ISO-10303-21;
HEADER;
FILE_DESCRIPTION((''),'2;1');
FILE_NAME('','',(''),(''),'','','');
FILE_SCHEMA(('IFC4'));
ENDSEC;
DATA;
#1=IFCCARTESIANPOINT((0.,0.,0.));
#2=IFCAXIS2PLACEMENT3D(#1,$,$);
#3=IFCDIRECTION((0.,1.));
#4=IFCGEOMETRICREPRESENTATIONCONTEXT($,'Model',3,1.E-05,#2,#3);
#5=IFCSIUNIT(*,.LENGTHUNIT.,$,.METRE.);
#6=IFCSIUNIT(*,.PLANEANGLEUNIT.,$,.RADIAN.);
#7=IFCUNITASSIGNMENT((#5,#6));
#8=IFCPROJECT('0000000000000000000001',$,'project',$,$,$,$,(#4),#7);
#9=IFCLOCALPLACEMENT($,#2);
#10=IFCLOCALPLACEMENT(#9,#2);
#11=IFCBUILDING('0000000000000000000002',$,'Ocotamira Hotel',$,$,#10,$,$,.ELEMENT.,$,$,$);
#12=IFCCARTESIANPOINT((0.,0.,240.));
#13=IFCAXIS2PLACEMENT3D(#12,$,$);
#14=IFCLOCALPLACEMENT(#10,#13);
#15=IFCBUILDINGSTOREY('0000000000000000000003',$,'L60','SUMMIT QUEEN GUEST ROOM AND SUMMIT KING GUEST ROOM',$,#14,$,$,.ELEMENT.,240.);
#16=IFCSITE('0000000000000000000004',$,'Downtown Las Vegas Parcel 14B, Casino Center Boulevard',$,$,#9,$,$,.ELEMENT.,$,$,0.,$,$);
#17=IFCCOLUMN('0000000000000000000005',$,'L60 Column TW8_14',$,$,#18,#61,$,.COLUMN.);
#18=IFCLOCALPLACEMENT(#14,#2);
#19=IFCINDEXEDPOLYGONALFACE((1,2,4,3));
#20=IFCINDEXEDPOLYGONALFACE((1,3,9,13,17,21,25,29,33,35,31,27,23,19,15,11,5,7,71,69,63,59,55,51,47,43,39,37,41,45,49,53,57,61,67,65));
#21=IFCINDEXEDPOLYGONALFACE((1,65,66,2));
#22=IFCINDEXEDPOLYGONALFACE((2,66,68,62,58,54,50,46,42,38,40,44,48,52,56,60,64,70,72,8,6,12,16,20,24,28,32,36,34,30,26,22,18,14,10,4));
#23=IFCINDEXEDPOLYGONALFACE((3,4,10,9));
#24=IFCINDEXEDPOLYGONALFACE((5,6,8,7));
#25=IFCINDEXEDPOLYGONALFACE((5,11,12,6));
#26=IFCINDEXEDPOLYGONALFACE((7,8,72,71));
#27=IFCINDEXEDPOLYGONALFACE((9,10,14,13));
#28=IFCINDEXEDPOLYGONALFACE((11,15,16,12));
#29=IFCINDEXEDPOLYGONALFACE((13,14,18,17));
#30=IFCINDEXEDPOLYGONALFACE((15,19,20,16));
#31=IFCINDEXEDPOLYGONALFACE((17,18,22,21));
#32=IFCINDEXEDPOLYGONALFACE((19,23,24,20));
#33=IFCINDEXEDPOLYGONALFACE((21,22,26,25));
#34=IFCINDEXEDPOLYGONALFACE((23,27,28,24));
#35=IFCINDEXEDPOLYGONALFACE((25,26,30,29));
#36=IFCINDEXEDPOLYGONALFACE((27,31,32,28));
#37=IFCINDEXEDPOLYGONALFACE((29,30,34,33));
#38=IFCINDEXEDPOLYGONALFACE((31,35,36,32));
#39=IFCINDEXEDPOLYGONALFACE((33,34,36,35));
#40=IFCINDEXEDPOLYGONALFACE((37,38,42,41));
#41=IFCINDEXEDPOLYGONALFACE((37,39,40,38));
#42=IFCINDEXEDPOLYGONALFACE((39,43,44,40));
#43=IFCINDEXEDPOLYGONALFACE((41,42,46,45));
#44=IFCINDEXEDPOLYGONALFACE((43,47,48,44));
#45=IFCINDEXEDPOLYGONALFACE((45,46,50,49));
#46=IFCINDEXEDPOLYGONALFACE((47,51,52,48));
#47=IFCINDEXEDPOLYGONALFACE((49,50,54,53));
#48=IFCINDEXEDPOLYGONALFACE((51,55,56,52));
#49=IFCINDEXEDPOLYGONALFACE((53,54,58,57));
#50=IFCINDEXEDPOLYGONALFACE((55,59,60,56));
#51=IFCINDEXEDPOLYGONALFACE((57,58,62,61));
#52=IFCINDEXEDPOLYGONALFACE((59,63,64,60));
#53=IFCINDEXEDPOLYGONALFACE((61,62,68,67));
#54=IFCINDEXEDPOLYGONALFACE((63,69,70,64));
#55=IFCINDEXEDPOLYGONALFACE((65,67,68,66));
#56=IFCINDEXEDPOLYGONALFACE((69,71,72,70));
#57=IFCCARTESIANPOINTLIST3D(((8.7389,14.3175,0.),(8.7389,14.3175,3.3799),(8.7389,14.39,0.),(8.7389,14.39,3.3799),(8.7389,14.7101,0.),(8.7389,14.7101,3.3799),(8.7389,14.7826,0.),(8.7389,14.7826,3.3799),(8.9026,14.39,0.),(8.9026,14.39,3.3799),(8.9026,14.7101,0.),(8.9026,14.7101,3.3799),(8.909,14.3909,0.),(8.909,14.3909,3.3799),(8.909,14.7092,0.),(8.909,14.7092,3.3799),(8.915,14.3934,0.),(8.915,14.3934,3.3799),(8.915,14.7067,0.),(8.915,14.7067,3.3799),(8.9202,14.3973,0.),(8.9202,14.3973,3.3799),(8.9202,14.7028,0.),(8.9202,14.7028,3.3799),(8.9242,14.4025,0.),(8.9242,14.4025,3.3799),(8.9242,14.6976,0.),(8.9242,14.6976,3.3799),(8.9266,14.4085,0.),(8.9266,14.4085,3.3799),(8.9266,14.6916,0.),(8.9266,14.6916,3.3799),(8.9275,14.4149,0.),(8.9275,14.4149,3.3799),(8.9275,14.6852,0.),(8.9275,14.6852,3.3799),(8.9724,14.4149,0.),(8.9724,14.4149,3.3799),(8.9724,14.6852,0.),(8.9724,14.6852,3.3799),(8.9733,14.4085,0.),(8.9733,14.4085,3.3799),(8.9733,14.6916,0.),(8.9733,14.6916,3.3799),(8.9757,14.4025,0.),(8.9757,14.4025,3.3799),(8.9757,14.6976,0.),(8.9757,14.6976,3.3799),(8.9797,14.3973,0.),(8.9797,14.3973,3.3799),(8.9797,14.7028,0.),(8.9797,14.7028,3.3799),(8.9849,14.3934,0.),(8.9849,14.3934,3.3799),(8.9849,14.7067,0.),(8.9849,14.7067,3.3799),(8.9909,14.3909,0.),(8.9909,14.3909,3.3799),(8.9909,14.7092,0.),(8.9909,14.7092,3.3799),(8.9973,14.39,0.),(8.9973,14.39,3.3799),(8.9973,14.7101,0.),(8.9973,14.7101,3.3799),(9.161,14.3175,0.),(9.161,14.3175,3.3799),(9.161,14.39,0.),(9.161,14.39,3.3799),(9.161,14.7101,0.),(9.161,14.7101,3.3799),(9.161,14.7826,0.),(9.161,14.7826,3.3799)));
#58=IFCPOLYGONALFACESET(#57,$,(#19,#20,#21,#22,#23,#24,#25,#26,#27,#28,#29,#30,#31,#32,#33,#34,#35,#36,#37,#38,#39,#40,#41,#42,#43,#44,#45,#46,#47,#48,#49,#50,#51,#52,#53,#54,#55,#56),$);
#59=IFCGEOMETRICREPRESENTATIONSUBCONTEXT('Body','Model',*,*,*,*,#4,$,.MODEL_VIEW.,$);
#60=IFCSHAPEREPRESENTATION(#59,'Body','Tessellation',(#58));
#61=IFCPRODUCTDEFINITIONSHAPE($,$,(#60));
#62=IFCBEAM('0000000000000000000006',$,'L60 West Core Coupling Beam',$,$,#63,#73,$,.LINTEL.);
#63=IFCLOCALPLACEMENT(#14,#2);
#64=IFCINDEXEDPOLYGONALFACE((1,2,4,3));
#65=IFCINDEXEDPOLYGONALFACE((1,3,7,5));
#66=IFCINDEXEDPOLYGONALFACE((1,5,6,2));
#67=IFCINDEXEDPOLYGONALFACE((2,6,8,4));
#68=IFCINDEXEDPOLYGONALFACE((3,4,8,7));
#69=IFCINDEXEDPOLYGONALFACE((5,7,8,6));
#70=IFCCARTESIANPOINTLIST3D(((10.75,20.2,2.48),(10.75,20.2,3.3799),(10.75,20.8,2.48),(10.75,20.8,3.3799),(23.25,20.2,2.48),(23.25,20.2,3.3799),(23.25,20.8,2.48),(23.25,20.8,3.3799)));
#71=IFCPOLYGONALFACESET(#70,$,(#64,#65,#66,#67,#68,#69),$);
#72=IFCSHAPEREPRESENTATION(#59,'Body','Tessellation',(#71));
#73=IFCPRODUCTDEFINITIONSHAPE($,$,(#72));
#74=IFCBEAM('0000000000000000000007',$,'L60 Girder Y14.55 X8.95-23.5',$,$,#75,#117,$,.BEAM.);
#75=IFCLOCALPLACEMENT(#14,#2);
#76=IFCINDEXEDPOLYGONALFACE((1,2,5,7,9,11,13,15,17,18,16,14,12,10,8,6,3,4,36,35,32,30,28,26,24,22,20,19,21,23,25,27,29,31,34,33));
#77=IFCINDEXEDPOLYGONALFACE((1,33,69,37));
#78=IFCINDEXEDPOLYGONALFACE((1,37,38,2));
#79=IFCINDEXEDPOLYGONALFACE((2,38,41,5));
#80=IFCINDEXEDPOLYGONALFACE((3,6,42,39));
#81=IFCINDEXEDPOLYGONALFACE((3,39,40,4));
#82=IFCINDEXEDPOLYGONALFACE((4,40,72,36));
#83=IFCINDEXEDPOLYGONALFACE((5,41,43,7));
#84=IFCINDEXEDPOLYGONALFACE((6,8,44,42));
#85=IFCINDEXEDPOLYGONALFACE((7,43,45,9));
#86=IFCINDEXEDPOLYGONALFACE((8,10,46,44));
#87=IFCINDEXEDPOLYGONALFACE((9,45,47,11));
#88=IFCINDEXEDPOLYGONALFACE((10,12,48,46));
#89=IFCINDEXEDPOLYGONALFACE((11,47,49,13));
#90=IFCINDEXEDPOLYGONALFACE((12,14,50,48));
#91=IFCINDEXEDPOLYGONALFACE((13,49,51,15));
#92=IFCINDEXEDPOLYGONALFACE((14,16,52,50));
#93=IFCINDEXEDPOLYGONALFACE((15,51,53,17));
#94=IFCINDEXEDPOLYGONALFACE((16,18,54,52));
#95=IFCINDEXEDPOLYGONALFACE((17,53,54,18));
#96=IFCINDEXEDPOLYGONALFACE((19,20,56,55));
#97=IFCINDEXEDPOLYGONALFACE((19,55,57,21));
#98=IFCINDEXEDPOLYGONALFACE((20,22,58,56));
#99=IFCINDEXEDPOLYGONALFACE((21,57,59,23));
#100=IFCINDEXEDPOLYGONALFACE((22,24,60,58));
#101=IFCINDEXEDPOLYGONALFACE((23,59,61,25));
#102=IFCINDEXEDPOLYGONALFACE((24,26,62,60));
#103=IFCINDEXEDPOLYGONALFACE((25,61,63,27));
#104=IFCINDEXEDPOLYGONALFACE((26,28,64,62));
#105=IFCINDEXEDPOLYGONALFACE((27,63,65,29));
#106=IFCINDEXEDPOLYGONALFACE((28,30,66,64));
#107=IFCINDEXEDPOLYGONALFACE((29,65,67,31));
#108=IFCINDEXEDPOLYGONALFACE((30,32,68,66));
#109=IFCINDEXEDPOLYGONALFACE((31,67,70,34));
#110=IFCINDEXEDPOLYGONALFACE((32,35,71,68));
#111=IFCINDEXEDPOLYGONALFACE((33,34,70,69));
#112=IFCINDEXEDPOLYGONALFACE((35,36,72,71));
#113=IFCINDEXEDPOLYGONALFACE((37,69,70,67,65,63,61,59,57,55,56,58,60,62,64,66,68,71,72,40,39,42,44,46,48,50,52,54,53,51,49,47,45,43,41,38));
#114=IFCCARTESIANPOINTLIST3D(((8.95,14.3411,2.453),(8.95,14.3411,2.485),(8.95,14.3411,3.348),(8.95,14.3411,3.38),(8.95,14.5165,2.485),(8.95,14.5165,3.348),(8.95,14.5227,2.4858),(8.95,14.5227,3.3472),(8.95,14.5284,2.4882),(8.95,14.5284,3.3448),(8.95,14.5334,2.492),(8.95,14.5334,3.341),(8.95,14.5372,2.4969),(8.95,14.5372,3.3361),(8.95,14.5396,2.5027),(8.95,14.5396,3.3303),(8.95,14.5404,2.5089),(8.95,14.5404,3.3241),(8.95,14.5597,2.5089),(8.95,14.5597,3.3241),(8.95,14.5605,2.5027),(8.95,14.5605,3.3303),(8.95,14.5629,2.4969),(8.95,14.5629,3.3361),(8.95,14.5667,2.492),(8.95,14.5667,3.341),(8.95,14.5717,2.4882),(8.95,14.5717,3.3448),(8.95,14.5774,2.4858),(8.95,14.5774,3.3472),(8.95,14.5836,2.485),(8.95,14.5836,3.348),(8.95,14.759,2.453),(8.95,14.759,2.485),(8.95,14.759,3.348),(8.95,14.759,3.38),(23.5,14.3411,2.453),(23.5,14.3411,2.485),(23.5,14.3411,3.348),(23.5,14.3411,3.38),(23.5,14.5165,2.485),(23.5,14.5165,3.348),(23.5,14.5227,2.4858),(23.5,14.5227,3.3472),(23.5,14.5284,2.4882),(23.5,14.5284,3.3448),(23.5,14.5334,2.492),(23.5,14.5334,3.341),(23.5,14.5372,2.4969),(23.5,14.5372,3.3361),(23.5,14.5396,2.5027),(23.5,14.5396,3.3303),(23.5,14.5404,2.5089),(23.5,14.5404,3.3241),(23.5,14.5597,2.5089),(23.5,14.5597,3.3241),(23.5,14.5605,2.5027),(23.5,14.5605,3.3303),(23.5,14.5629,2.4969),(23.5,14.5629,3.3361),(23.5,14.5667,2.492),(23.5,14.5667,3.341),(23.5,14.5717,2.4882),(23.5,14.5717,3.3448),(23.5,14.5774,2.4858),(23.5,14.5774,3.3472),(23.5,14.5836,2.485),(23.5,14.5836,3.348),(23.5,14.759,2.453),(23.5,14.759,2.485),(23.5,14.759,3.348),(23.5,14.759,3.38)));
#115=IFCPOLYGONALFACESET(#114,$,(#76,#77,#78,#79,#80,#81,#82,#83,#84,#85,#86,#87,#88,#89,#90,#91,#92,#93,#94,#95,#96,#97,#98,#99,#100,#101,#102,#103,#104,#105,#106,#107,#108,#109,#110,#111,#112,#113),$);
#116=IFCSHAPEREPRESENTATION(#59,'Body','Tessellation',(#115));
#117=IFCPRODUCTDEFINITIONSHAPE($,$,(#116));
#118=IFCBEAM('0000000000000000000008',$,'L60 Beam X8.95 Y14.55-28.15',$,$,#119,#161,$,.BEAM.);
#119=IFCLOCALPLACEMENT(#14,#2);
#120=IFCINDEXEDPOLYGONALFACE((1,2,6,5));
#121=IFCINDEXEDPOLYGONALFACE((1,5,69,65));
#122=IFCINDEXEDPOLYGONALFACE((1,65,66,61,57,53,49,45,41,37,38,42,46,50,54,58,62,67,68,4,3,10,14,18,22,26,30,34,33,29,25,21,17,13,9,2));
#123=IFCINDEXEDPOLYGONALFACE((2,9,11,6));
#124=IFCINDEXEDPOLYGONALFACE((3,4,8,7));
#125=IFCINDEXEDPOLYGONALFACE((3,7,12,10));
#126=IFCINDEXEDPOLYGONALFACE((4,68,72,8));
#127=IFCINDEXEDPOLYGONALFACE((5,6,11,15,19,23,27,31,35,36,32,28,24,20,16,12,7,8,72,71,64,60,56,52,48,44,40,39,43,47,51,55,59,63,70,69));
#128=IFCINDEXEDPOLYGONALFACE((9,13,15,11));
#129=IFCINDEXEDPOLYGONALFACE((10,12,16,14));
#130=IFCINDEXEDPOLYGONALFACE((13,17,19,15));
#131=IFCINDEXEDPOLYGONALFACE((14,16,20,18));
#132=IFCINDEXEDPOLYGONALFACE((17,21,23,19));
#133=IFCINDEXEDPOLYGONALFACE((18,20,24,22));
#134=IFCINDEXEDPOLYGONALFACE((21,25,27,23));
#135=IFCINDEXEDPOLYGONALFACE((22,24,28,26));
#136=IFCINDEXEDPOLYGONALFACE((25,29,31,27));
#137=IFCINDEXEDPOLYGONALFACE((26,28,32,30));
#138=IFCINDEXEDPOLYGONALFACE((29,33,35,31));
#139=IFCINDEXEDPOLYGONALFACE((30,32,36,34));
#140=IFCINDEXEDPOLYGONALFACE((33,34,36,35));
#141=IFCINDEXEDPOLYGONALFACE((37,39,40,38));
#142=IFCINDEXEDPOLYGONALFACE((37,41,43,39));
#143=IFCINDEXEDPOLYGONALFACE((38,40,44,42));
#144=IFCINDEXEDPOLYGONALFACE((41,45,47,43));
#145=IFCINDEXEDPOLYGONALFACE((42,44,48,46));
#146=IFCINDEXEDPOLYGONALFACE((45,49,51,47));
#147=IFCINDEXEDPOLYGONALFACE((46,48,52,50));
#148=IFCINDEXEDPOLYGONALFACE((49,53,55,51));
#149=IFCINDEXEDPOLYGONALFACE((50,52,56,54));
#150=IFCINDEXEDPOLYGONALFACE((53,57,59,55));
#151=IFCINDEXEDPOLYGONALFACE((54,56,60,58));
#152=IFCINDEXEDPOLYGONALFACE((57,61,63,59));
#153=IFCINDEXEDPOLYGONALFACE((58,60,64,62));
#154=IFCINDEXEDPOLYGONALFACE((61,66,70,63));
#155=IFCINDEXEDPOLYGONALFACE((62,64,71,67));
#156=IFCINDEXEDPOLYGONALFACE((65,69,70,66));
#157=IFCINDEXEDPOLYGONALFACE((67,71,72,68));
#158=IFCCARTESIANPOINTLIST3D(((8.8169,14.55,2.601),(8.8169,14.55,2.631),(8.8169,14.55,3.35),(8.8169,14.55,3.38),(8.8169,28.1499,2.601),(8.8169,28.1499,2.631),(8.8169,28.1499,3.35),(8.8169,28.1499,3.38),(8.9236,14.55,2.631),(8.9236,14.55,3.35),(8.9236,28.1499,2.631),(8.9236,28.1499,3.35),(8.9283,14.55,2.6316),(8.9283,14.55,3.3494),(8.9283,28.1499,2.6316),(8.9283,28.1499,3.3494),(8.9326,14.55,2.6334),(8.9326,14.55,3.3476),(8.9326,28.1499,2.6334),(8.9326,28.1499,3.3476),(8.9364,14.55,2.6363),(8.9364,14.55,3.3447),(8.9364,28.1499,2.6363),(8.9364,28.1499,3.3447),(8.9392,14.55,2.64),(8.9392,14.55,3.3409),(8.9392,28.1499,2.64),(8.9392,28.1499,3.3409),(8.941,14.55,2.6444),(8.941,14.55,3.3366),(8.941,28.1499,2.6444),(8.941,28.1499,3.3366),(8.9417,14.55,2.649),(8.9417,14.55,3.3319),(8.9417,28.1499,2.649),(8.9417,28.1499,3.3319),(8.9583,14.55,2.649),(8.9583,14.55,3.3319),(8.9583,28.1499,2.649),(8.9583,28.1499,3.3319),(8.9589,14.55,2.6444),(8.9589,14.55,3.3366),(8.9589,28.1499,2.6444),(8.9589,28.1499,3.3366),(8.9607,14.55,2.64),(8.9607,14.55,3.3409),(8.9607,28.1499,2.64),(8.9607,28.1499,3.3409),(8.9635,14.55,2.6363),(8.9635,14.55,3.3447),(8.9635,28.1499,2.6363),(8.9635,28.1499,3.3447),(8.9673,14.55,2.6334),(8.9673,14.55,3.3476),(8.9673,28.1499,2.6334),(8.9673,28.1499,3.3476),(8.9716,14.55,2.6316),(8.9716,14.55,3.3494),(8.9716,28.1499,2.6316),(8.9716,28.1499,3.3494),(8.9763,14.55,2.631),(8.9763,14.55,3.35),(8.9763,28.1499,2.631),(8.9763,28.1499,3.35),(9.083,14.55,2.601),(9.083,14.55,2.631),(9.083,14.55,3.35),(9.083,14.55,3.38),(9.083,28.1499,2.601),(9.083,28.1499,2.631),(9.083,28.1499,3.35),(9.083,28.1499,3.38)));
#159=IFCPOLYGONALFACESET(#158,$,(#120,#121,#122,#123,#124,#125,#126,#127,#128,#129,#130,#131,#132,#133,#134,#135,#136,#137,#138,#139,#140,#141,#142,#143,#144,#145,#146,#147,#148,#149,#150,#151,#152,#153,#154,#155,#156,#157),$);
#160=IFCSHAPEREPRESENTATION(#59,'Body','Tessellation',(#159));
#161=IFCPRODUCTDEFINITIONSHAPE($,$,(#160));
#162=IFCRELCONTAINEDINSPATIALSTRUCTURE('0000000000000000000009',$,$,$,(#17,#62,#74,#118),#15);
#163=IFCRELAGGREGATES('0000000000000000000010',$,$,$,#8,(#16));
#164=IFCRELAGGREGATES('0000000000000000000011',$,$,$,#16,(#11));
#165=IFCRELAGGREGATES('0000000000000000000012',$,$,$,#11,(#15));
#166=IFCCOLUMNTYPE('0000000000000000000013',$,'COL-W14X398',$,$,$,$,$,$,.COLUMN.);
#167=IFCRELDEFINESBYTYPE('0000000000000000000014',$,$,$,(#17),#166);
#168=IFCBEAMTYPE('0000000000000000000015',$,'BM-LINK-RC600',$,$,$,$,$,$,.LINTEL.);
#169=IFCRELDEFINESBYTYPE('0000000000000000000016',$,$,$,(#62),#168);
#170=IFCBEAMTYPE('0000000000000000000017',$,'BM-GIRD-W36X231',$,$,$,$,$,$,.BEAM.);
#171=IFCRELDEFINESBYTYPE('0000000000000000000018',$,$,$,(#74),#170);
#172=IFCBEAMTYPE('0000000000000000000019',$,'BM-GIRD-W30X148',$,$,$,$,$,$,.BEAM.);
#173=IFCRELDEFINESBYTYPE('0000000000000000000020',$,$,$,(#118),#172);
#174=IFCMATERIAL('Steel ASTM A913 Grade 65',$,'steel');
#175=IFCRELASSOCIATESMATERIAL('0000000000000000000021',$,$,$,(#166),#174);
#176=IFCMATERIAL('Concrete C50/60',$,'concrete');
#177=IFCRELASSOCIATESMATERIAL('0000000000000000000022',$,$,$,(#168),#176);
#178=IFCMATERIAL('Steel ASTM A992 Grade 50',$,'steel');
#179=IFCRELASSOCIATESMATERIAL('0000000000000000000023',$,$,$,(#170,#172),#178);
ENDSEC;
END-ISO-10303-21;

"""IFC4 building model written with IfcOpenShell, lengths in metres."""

from ifc_helpers import new_model, si_unit, direction, frame, origin, origin_2d, place, context, subcontext, project, spatial, rectangle, i_section, extrude, source, transform, mapped, material, material_profile, profile_set, type_object, element, save


model = new_model("IFC4")

# Units and contexts
model_context = context("Model", 3, precision=1e-05, world=origin(), true_north=direction((0.0, 1.0)))
body_context = subcontext(model_context, "Body", "Model", "MODEL_VIEW")
ifc_project = project(units=[si_unit("LENGTHUNIT", "METRE"), si_unit("PLANEANGLEUNIT", "RADIAN")], contexts=[model_context])

# Site, building, storey
site_placement = place(None, origin())
site = spatial("IfcSite", under=ifc_project, at=site_placement, Name="Downtown Las Vegas Parcel 14B, Casino Center Boulevard", CompositionType="ELEMENT", RefElevation=0.0)
building_placement = place(site_placement, origin())
building = spatial("IfcBuilding", under=site, at=building_placement, Name="Ocotamira Hotel", CompositionType="ELEMENT")
storey_placement = place(building_placement, frame((0.0, 0.0, 240.0)))
storey = spatial("IfcBuildingStorey", under=building, at=storey_placement, Name="L60", Description="SUMMIT QUEEN GUEST ROOM AND SUMMIT KING GUEST ROOM", CompositionType="ELEMENT", Elevation=240.0)

# Column
ifc_material_1 = material(Name="Steel ASTM A913 Grade 65", Category="steel")
ifc_material_profile_1 = material_profile(ifc_material_1, i_section(OverallWidth=0.4221, OverallDepth=0.4651, WebThickness=0.0449, FlangeThickness=0.0725, FilletRadius=0.0249, at=origin_2d()), Name="W14X398")
ifc_profile_set_1 = profile_set([ifc_material_profile_1], Name="Steel ASTM A913 Grade 65")
column_type = type_object("IfcColumnType", Name="COL-W14X398", PredefinedType="COLUMN", material=ifc_profile_set_1)
shared_shape_1 = source(origin(), body_context, "Body", "SweptSolid", [
    extrude(i_section(OverallWidth=0.4221, OverallDepth=0.4651, WebThickness=0.0449, FlangeThickness=0.0725, FilletRadius=0.0249, at=origin_2d()), origin(), (0.0, 0.0, 1.0), 3.3799),
])
column_placement = place(storey_placement, frame((8.95, 14.55, 0.0), z_axis=(0.0, 0.0, 1.0), x_axis=(1.0, 0.0, 0.0)))
element("IfcColumn", 1, at=column_placement, inside=storey, type_object=column_type, Name="L60 Column TW8_14", PredefinedType="COLUMN", context=body_context, shape_type="MappedRepresentation", body=[
    mapped(shared_shape_1, transform((0.0, 0.0, 0.0), scale=1.0)),
])

# Beams
ifc_material_2 = material(Name="Concrete C50/60", Category="concrete")
ifc_material_profile_2 = material_profile(ifc_material_2, rectangle(XDim=0.6001, YDim=0.8999, at=origin_2d()), Name="RC600X900")
ifc_profile_set_2 = profile_set([ifc_material_profile_2], Name="Concrete C50/60")
beam_type_1 = type_object("IfcBeamType", Name="BM-LINK-RC600", PredefinedType="LINTEL", material=ifc_profile_set_2)
shared_shape_2 = source(origin(), body_context, "Body", "SweptSolid", [
    extrude(rectangle(XDim=0.6001, YDim=0.8999, at=origin_2d()), origin(), (0.0, 0.0, 1.0), 12.5),
])
beam_1_placement = place(storey_placement, frame((10.75, 20.5, 2.9299), z_axis=(1.0, 0.0, 0.0), x_axis=(0.0, 1.0, 0.0)))
element("IfcBeam", 2, at=beam_1_placement, inside=storey, type_object=beam_type_1, Name="L60 West Core Coupling Beam", PredefinedType="LINTEL", context=body_context, shape_type="MappedRepresentation", body=[
    mapped(shared_shape_2, transform((0.0, 0.0, 0.0), scale=1.0)),
])
ifc_material_3 = material(Name="Steel ASTM A992 Grade 50", Category="steel")
ifc_material_profile_3 = material_profile(ifc_material_3, i_section(OverallWidth=0.418, OverallDepth=0.927, WebThickness=0.0193, FlangeThickness=0.032, FilletRadius=0.0239, at=origin_2d()), Name="W36X231")
ifc_profile_set_3 = profile_set([ifc_material_profile_3], Name="Steel ASTM A992 Grade 50")
beam_type_2 = type_object("IfcBeamType", Name="BM-GIRD-W36X231", PredefinedType="BEAM", material=ifc_profile_set_3)
shared_shape_3 = source(origin(), body_context, "Body", "SweptSolid", [
    extrude(i_section(OverallWidth=0.418, OverallDepth=0.927, WebThickness=0.0193, FlangeThickness=0.032, FilletRadius=0.0239, at=origin_2d()), origin(), (0.0, 0.0, 1.0), 14.55),
])
beam_2_placement = place(storey_placement, frame((8.95, 14.55, 2.9165), z_axis=(1.0, 0.0, 0.0), x_axis=(0.0, 1.0, 0.0)))
element("IfcBeam", 3, at=beam_2_placement, inside=storey, type_object=beam_type_2, Name="L60 Girder Y14.55 X8.95-23.5", PredefinedType="BEAM", context=body_context, shape_type="MappedRepresentation", body=[
    mapped(shared_shape_3, transform((0.0, 0.0, 0.0), scale=1.0)),
])
ifc_material_profile_4 = material_profile(ifc_material_3, i_section(OverallWidth=0.2661, OverallDepth=0.7791, WebThickness=0.0166, FlangeThickness=0.03, FilletRadius=0.0181, at=origin_2d()), Name="W30X148")
ifc_profile_set_4 = profile_set([ifc_material_profile_4], Name="Steel ASTM A992 Grade 50")
beam_type_3 = type_object("IfcBeamType", Name="BM-GIRD-W30X148", PredefinedType="BEAM", material=ifc_profile_set_4)
shared_shape_4 = source(origin(), body_context, "Body", "SweptSolid", [
    extrude(i_section(OverallWidth=0.2661, OverallDepth=0.7791, WebThickness=0.0166, FlangeThickness=0.03, FilletRadius=0.0181, at=origin_2d()), origin(), (0.0, 0.0, 1.0), 13.5999),
])
beam_3_placement = place(storey_placement, frame((8.95, 14.55, 2.9905), z_axis=(0.0, 1.0, 0.0), x_axis=(-1.0, 0.0, 0.0)))
element("IfcBeam", 4, at=beam_3_placement, inside=storey, type_object=beam_type_3, Name="L60 Beam X8.95 Y14.55-28.15", PredefinedType="BEAM", context=body_context, shape_type="MappedRepresentation", body=[
    mapped(shared_shape_4, transform((0.0, 0.0, 0.0), scale=1.0)),
])

save(model, "model.ifc")
